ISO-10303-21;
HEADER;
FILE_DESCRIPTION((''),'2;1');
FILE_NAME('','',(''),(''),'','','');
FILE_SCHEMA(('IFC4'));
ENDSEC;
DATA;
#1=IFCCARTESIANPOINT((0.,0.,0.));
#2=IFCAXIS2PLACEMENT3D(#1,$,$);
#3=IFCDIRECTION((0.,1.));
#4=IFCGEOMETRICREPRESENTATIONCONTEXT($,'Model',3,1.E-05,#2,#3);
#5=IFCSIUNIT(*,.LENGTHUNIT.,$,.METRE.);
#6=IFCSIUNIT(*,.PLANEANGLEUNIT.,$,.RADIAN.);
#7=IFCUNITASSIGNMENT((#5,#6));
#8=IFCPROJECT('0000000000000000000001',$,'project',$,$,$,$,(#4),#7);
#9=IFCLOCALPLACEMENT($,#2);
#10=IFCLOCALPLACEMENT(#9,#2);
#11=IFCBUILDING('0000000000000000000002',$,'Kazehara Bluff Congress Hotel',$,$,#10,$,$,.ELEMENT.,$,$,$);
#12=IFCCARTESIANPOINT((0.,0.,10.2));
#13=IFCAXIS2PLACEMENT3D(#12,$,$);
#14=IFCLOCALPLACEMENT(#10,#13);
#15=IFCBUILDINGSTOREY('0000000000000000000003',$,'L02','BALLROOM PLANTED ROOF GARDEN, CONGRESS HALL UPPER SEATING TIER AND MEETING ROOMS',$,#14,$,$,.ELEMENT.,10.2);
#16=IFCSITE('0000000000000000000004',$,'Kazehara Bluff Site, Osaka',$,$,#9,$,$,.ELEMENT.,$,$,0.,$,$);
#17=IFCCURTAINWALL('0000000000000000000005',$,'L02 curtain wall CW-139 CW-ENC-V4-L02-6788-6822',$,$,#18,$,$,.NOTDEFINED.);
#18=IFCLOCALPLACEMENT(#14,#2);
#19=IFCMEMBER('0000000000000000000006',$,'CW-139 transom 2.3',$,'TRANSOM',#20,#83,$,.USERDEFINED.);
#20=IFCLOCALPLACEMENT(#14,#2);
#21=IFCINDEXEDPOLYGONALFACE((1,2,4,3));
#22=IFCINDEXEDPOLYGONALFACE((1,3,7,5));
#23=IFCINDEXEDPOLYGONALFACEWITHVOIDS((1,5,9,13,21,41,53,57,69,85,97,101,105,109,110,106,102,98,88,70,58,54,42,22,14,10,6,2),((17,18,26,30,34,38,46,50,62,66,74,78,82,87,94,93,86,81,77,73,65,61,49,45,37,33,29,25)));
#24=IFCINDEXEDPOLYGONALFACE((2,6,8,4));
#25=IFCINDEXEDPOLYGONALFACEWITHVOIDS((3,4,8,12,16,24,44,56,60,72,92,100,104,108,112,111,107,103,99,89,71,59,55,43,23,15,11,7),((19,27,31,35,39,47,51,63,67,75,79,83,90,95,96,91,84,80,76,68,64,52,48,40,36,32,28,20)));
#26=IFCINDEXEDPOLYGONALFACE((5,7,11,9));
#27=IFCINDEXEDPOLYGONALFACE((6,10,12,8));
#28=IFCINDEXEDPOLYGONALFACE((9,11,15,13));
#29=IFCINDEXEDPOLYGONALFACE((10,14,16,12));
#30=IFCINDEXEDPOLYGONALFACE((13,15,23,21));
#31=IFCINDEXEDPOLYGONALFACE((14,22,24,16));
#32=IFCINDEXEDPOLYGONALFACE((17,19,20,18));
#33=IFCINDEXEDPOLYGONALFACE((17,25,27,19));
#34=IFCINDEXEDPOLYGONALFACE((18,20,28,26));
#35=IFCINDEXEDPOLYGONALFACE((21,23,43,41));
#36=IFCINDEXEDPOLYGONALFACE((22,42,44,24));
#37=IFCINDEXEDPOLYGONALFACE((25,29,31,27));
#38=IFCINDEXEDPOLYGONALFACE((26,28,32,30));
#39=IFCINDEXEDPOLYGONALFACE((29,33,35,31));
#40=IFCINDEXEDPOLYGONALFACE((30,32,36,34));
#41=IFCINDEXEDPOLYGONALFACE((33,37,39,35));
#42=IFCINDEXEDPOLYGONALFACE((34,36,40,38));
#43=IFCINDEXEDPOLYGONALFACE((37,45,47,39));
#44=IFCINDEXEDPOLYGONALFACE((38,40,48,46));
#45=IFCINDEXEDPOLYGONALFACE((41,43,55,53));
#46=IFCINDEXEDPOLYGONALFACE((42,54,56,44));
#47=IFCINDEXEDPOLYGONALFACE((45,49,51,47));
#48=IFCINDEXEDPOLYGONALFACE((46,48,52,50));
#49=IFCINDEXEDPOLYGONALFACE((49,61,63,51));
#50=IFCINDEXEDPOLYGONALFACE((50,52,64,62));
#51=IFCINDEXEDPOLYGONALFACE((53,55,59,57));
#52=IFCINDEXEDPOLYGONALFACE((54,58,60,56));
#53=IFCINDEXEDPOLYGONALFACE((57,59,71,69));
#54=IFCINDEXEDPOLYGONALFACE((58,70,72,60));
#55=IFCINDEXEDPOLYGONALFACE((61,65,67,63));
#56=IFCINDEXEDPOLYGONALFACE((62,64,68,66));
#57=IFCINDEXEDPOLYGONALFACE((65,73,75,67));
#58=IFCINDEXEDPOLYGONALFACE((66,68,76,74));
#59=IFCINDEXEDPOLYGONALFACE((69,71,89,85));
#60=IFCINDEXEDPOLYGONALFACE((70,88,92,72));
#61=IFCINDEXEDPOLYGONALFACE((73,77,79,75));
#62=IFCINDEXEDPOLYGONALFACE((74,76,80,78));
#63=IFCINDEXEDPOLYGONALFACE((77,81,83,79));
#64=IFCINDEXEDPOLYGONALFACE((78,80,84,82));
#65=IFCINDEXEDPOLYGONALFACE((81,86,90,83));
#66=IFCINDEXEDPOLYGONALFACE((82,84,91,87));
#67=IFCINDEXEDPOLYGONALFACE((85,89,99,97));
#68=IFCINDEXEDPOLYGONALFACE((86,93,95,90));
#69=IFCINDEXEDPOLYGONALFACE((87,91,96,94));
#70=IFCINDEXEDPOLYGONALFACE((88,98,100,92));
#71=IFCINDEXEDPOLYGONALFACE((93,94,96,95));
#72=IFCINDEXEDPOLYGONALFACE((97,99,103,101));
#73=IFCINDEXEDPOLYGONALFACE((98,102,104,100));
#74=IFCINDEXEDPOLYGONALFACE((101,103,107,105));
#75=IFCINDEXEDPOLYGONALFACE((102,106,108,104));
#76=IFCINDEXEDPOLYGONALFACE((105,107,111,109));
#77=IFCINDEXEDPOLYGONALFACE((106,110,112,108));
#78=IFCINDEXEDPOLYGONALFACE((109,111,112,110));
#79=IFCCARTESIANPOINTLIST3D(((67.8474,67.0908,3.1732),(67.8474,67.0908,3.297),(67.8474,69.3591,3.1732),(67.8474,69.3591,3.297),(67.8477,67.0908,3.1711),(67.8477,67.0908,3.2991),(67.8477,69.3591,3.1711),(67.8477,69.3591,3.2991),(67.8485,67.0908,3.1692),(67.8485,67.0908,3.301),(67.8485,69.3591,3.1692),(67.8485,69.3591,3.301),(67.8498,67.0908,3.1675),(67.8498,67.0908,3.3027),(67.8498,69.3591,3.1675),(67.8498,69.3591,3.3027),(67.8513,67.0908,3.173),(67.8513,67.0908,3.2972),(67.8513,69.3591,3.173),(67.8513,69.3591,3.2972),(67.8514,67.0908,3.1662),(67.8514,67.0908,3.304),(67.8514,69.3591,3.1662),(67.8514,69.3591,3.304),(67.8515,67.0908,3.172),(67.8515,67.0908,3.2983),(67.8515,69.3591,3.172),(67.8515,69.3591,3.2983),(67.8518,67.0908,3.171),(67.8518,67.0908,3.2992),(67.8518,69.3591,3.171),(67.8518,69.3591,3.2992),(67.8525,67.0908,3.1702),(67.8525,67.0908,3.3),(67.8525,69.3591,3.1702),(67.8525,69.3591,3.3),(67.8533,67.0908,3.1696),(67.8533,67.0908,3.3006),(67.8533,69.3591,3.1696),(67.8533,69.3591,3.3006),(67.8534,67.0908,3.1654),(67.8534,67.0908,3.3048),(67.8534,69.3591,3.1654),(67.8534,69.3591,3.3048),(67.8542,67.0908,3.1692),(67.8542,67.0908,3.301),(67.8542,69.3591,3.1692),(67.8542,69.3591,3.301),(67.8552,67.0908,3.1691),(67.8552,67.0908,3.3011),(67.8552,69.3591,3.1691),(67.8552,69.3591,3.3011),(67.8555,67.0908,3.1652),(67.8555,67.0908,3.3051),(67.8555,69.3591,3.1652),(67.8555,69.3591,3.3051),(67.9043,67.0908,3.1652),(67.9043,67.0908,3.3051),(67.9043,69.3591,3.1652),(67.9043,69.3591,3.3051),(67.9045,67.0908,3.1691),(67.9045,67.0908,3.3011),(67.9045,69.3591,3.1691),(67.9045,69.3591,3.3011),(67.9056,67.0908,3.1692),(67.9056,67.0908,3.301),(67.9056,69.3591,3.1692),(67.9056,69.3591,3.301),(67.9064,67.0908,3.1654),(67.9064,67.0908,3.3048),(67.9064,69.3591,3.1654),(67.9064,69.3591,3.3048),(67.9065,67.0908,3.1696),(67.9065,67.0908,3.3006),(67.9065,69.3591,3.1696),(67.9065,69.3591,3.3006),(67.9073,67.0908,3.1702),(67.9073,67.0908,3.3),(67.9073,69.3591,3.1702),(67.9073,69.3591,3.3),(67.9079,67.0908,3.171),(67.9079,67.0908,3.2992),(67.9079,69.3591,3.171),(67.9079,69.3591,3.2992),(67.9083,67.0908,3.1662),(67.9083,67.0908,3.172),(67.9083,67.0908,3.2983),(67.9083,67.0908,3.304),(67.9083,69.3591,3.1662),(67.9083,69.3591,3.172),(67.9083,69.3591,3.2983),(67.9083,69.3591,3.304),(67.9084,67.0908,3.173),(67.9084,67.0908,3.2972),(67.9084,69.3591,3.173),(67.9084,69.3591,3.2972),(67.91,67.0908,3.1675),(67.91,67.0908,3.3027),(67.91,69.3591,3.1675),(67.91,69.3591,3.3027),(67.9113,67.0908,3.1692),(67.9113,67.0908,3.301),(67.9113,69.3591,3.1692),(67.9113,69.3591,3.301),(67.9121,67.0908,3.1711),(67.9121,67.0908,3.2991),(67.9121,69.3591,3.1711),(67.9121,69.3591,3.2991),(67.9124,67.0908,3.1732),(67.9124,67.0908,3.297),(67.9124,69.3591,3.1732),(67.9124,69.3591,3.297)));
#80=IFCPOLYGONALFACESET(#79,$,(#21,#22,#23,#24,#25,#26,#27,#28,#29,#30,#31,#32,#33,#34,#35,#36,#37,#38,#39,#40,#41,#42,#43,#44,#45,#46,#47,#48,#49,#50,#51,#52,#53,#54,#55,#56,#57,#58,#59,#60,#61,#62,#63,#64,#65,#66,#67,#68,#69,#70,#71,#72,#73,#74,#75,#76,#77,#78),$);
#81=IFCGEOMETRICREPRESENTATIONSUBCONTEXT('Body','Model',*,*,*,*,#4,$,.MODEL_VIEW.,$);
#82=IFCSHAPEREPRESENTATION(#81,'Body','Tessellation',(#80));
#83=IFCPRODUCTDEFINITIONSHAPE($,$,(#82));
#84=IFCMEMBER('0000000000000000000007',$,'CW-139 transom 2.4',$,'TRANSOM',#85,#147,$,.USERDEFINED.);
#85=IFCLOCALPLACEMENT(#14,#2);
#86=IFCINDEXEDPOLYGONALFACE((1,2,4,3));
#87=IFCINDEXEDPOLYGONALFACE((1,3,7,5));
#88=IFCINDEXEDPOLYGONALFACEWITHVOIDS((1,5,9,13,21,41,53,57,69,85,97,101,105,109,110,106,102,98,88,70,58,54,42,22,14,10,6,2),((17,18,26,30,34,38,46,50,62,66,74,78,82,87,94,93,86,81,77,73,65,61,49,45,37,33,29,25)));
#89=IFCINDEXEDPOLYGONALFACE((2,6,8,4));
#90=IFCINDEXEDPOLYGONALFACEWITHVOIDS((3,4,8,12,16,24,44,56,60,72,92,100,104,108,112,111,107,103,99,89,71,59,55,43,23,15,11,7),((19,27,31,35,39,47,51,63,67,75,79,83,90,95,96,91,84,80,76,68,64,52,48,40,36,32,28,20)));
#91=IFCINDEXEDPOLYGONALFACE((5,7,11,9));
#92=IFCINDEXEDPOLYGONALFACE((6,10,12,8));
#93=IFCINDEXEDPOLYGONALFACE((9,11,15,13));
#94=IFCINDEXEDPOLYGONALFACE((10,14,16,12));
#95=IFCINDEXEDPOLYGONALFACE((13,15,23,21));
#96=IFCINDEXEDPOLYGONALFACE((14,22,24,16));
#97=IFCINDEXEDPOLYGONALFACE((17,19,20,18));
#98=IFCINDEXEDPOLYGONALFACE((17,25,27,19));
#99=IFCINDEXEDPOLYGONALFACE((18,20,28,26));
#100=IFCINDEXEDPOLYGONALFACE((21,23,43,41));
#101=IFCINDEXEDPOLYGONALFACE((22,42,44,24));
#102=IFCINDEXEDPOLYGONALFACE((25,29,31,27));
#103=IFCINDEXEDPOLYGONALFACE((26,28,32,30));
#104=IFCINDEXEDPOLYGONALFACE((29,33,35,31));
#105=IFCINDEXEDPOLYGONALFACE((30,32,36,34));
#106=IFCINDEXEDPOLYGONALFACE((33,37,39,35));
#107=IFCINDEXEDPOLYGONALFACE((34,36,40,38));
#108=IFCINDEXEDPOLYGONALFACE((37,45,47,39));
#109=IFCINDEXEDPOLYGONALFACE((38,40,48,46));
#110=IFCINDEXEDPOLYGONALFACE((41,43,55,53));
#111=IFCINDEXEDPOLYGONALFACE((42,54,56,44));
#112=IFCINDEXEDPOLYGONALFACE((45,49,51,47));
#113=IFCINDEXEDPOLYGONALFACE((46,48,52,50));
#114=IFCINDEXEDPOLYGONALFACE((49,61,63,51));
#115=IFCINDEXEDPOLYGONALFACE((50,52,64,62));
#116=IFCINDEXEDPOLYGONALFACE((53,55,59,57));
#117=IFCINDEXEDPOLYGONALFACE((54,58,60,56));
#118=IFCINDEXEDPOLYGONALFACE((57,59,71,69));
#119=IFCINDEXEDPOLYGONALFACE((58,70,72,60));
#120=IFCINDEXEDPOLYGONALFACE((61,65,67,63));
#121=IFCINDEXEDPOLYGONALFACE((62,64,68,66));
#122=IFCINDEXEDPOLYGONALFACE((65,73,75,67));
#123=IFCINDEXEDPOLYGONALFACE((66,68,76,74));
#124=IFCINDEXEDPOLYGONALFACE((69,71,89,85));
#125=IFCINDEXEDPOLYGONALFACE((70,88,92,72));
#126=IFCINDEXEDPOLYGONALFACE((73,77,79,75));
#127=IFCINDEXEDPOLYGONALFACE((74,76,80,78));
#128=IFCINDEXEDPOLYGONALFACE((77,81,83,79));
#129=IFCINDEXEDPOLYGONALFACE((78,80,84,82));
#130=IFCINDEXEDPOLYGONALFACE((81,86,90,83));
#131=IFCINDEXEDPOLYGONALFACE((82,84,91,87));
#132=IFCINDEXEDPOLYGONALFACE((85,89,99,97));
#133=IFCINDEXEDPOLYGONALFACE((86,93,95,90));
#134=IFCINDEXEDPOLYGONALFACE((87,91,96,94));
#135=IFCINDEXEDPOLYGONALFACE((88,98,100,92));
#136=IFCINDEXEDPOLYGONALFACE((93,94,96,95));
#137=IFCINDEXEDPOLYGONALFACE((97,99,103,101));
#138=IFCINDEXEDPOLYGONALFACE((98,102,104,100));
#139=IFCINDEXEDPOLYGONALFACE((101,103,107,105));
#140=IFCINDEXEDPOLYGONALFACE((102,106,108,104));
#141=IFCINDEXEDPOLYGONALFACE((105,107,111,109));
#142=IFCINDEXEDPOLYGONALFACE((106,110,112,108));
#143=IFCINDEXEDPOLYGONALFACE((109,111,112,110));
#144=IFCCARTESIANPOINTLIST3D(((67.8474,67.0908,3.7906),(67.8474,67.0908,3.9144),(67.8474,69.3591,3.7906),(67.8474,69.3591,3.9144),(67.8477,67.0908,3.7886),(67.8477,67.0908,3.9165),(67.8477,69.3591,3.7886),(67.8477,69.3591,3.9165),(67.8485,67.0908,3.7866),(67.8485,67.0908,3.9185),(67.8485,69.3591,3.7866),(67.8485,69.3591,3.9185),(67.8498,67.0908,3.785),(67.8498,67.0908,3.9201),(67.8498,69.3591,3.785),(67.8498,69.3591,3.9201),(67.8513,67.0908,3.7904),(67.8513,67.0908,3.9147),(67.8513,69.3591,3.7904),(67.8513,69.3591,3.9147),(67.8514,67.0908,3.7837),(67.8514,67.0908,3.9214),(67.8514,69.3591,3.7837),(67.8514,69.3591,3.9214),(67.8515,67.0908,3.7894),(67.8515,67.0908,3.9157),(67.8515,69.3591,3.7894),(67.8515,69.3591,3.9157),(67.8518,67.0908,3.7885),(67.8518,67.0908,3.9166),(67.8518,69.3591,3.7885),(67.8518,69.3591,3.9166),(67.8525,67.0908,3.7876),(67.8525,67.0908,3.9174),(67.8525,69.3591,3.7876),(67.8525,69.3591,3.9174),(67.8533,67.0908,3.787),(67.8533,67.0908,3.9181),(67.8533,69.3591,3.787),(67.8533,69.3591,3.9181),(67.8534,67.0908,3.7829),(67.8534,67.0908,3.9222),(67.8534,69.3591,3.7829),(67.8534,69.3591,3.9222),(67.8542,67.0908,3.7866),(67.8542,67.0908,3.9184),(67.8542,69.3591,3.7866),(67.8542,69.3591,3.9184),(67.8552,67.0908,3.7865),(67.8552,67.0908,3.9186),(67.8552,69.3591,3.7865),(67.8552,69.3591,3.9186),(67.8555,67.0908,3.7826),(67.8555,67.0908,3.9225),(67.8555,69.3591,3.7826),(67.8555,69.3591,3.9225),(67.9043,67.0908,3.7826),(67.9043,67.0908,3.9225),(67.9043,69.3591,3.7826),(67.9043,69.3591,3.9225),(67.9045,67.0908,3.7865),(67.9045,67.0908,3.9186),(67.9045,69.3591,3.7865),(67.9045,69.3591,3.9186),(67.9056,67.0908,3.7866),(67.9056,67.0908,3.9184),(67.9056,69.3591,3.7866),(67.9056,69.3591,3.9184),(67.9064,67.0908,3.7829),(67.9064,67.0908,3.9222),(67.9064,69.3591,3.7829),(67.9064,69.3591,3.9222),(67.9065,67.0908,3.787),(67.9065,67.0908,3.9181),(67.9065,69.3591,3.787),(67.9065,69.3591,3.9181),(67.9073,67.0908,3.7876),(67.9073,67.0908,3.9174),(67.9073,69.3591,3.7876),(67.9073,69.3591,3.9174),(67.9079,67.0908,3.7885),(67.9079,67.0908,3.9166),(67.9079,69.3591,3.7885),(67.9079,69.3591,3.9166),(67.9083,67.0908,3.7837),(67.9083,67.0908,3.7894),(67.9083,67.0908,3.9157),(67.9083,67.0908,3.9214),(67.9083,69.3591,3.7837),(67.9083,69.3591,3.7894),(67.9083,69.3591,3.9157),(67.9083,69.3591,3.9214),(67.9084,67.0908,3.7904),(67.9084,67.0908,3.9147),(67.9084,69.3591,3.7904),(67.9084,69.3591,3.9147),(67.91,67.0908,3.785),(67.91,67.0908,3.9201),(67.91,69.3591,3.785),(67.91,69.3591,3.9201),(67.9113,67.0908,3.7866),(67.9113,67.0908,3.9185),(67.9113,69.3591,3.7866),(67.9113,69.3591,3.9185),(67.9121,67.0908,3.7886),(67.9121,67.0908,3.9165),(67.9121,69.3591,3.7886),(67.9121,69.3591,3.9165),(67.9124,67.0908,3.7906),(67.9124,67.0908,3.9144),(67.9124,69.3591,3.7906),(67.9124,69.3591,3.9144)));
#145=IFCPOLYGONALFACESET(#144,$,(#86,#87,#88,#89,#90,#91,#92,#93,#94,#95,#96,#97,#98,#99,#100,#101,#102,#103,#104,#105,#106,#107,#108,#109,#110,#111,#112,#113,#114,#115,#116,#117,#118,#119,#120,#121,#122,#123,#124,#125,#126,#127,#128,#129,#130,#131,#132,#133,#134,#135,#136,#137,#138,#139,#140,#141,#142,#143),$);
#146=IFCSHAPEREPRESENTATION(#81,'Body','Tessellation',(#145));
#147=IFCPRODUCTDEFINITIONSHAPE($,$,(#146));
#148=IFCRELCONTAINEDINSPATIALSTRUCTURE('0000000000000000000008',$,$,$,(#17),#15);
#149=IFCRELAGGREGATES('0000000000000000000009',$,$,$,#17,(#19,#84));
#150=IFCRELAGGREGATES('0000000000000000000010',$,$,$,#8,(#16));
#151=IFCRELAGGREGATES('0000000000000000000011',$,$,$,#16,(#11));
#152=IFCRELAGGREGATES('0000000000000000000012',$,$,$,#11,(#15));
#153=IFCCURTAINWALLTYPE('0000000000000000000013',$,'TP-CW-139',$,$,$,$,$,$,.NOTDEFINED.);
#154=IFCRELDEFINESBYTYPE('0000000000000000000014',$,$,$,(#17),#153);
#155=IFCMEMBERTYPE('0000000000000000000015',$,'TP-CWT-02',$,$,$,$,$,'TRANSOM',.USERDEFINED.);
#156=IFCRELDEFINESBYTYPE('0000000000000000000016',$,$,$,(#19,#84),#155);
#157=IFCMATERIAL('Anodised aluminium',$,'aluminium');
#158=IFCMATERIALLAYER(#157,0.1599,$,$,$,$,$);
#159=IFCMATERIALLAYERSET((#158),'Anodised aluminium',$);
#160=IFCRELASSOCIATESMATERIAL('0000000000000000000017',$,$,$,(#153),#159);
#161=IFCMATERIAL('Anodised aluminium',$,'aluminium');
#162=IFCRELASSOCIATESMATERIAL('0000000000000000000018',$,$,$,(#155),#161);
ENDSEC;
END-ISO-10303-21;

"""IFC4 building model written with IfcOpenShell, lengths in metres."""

from ifc_helpers import new_model, si_unit, direction, frame, origin, origin_2d, place, context, subcontext, project, spatial, hollow_rectangle, extrude, material, layer, layer_set, material_profile, profile_set, type_object, element, aggregate, save


model = new_model("IFC4")

# Units and contexts
model_context = context("Model", 3, precision=1e-05, world=origin(), true_north=direction((0.0, 1.0)))
body_context = subcontext(model_context, "Body", "Model", "MODEL_VIEW")
ifc_project = project(units=[si_unit("LENGTHUNIT", "METRE"), si_unit("PLANEANGLEUNIT", "RADIAN")], contexts=[model_context])

# Site, building, storey
site_placement = place(None, origin())
site = spatial("IfcSite", under=ifc_project, at=site_placement, Name="Kazehara Bluff Site, Osaka", CompositionType="ELEMENT", RefElevation=0.0)
building_placement = place(site_placement, origin())
building = spatial("IfcBuilding", under=site, at=building_placement, Name="Kazehara Bluff Congress Hotel", CompositionType="ELEMENT")
storey_placement = place(building_placement, frame((0.0, 0.0, 10.2)))
storey = spatial("IfcBuildingStorey", under=building, at=storey_placement, Name="L02", Description="BALLROOM PLANTED ROOF GARDEN, CONGRESS HALL UPPER SEATING TIER AND MEETING ROOMS", CompositionType="ELEMENT", Elevation=10.2)

# Curtain wall, members
ifc_material_1 = material(Name="Anodised aluminium", Category="aluminium")
ifc_layer_1 = layer(ifc_material_1, 0.1599)
ifc_layer_set_1 = layer_set([ifc_layer_1], Name="Anodised aluminium")
curtain_wall_type = type_object("IfcCurtainWallType", Name="TP-CW-139", PredefinedType="NOTDEFINED", material=ifc_layer_set_1)
curtain_wall_placement = place(storey_placement, origin())
curtain_wall = element("IfcCurtainWall", 1, at=curtain_wall_placement, inside=storey, type_object=curtain_wall_type, Name="L02 curtain wall CW-139 CW-ENC-V4-L02-6788-6822", PredefinedType="NOTDEFINED")
ifc_material_2 = material(Name="Anodised aluminium", Category="aluminium")
ifc_material_profile_1 = material_profile(ifc_material_2, hollow_rectangle(XDim=0.0649, YDim=0.1399, WallThickness=0.0039, InnerFilletRadius=0.0039, OuterFilletRadius=0.0081, at=origin_2d()))
ifc_profile_set_1 = profile_set([ifc_material_profile_1], Name="Anodised aluminium")
member_type_1 = type_object("IfcMemberType", Name="TP-CWT-02", ElementType="TRANSOM", PredefinedType="USERDEFINED", material=ifc_profile_set_1)
member_1_placement = place(storey_placement, frame((67.8799, 69.3591, 3.2351), z_axis=(0.0, -1.0, 0.0), x_axis=(1.0, 0.0, 0.0)))
member_1 = element("IfcMember", 2, at=member_1_placement, type_object=member_type_1, Name="CW-139 transom 2.3", ObjectType="TRANSOM", PredefinedType="USERDEFINED", context=body_context, shape_type="SweptSolid", body=[
    extrude(hollow_rectangle(XDim=0.0649, YDim=0.1399, WallThickness=0.0039, InnerFilletRadius=0.0039, OuterFilletRadius=0.0081, at=origin_2d()), origin(), (0.0, 0.0, 1.0), 2.2683),
])
member_2_placement = place(storey_placement, frame((67.8799, 69.3591, 3.8525), z_axis=(0.0, -1.0, 0.0), x_axis=(1.0, 0.0, 0.0)))
member_2 = element("IfcMember", 3, at=member_2_placement, type_object=member_type_1, Name="CW-139 transom 2.4", ObjectType="TRANSOM", PredefinedType="USERDEFINED", context=body_context, shape_type="SweptSolid", body=[
    extrude(hollow_rectangle(XDim=0.0649, YDim=0.1399, WallThickness=0.0039, InnerFilletRadius=0.0039, OuterFilletRadius=0.0081, at=origin_2d()), origin(), (0.0, 0.0, 1.0), 2.2683),
])
aggregate(curtain_wall, [member_1, member_2])

save(model, "model.ifc")
